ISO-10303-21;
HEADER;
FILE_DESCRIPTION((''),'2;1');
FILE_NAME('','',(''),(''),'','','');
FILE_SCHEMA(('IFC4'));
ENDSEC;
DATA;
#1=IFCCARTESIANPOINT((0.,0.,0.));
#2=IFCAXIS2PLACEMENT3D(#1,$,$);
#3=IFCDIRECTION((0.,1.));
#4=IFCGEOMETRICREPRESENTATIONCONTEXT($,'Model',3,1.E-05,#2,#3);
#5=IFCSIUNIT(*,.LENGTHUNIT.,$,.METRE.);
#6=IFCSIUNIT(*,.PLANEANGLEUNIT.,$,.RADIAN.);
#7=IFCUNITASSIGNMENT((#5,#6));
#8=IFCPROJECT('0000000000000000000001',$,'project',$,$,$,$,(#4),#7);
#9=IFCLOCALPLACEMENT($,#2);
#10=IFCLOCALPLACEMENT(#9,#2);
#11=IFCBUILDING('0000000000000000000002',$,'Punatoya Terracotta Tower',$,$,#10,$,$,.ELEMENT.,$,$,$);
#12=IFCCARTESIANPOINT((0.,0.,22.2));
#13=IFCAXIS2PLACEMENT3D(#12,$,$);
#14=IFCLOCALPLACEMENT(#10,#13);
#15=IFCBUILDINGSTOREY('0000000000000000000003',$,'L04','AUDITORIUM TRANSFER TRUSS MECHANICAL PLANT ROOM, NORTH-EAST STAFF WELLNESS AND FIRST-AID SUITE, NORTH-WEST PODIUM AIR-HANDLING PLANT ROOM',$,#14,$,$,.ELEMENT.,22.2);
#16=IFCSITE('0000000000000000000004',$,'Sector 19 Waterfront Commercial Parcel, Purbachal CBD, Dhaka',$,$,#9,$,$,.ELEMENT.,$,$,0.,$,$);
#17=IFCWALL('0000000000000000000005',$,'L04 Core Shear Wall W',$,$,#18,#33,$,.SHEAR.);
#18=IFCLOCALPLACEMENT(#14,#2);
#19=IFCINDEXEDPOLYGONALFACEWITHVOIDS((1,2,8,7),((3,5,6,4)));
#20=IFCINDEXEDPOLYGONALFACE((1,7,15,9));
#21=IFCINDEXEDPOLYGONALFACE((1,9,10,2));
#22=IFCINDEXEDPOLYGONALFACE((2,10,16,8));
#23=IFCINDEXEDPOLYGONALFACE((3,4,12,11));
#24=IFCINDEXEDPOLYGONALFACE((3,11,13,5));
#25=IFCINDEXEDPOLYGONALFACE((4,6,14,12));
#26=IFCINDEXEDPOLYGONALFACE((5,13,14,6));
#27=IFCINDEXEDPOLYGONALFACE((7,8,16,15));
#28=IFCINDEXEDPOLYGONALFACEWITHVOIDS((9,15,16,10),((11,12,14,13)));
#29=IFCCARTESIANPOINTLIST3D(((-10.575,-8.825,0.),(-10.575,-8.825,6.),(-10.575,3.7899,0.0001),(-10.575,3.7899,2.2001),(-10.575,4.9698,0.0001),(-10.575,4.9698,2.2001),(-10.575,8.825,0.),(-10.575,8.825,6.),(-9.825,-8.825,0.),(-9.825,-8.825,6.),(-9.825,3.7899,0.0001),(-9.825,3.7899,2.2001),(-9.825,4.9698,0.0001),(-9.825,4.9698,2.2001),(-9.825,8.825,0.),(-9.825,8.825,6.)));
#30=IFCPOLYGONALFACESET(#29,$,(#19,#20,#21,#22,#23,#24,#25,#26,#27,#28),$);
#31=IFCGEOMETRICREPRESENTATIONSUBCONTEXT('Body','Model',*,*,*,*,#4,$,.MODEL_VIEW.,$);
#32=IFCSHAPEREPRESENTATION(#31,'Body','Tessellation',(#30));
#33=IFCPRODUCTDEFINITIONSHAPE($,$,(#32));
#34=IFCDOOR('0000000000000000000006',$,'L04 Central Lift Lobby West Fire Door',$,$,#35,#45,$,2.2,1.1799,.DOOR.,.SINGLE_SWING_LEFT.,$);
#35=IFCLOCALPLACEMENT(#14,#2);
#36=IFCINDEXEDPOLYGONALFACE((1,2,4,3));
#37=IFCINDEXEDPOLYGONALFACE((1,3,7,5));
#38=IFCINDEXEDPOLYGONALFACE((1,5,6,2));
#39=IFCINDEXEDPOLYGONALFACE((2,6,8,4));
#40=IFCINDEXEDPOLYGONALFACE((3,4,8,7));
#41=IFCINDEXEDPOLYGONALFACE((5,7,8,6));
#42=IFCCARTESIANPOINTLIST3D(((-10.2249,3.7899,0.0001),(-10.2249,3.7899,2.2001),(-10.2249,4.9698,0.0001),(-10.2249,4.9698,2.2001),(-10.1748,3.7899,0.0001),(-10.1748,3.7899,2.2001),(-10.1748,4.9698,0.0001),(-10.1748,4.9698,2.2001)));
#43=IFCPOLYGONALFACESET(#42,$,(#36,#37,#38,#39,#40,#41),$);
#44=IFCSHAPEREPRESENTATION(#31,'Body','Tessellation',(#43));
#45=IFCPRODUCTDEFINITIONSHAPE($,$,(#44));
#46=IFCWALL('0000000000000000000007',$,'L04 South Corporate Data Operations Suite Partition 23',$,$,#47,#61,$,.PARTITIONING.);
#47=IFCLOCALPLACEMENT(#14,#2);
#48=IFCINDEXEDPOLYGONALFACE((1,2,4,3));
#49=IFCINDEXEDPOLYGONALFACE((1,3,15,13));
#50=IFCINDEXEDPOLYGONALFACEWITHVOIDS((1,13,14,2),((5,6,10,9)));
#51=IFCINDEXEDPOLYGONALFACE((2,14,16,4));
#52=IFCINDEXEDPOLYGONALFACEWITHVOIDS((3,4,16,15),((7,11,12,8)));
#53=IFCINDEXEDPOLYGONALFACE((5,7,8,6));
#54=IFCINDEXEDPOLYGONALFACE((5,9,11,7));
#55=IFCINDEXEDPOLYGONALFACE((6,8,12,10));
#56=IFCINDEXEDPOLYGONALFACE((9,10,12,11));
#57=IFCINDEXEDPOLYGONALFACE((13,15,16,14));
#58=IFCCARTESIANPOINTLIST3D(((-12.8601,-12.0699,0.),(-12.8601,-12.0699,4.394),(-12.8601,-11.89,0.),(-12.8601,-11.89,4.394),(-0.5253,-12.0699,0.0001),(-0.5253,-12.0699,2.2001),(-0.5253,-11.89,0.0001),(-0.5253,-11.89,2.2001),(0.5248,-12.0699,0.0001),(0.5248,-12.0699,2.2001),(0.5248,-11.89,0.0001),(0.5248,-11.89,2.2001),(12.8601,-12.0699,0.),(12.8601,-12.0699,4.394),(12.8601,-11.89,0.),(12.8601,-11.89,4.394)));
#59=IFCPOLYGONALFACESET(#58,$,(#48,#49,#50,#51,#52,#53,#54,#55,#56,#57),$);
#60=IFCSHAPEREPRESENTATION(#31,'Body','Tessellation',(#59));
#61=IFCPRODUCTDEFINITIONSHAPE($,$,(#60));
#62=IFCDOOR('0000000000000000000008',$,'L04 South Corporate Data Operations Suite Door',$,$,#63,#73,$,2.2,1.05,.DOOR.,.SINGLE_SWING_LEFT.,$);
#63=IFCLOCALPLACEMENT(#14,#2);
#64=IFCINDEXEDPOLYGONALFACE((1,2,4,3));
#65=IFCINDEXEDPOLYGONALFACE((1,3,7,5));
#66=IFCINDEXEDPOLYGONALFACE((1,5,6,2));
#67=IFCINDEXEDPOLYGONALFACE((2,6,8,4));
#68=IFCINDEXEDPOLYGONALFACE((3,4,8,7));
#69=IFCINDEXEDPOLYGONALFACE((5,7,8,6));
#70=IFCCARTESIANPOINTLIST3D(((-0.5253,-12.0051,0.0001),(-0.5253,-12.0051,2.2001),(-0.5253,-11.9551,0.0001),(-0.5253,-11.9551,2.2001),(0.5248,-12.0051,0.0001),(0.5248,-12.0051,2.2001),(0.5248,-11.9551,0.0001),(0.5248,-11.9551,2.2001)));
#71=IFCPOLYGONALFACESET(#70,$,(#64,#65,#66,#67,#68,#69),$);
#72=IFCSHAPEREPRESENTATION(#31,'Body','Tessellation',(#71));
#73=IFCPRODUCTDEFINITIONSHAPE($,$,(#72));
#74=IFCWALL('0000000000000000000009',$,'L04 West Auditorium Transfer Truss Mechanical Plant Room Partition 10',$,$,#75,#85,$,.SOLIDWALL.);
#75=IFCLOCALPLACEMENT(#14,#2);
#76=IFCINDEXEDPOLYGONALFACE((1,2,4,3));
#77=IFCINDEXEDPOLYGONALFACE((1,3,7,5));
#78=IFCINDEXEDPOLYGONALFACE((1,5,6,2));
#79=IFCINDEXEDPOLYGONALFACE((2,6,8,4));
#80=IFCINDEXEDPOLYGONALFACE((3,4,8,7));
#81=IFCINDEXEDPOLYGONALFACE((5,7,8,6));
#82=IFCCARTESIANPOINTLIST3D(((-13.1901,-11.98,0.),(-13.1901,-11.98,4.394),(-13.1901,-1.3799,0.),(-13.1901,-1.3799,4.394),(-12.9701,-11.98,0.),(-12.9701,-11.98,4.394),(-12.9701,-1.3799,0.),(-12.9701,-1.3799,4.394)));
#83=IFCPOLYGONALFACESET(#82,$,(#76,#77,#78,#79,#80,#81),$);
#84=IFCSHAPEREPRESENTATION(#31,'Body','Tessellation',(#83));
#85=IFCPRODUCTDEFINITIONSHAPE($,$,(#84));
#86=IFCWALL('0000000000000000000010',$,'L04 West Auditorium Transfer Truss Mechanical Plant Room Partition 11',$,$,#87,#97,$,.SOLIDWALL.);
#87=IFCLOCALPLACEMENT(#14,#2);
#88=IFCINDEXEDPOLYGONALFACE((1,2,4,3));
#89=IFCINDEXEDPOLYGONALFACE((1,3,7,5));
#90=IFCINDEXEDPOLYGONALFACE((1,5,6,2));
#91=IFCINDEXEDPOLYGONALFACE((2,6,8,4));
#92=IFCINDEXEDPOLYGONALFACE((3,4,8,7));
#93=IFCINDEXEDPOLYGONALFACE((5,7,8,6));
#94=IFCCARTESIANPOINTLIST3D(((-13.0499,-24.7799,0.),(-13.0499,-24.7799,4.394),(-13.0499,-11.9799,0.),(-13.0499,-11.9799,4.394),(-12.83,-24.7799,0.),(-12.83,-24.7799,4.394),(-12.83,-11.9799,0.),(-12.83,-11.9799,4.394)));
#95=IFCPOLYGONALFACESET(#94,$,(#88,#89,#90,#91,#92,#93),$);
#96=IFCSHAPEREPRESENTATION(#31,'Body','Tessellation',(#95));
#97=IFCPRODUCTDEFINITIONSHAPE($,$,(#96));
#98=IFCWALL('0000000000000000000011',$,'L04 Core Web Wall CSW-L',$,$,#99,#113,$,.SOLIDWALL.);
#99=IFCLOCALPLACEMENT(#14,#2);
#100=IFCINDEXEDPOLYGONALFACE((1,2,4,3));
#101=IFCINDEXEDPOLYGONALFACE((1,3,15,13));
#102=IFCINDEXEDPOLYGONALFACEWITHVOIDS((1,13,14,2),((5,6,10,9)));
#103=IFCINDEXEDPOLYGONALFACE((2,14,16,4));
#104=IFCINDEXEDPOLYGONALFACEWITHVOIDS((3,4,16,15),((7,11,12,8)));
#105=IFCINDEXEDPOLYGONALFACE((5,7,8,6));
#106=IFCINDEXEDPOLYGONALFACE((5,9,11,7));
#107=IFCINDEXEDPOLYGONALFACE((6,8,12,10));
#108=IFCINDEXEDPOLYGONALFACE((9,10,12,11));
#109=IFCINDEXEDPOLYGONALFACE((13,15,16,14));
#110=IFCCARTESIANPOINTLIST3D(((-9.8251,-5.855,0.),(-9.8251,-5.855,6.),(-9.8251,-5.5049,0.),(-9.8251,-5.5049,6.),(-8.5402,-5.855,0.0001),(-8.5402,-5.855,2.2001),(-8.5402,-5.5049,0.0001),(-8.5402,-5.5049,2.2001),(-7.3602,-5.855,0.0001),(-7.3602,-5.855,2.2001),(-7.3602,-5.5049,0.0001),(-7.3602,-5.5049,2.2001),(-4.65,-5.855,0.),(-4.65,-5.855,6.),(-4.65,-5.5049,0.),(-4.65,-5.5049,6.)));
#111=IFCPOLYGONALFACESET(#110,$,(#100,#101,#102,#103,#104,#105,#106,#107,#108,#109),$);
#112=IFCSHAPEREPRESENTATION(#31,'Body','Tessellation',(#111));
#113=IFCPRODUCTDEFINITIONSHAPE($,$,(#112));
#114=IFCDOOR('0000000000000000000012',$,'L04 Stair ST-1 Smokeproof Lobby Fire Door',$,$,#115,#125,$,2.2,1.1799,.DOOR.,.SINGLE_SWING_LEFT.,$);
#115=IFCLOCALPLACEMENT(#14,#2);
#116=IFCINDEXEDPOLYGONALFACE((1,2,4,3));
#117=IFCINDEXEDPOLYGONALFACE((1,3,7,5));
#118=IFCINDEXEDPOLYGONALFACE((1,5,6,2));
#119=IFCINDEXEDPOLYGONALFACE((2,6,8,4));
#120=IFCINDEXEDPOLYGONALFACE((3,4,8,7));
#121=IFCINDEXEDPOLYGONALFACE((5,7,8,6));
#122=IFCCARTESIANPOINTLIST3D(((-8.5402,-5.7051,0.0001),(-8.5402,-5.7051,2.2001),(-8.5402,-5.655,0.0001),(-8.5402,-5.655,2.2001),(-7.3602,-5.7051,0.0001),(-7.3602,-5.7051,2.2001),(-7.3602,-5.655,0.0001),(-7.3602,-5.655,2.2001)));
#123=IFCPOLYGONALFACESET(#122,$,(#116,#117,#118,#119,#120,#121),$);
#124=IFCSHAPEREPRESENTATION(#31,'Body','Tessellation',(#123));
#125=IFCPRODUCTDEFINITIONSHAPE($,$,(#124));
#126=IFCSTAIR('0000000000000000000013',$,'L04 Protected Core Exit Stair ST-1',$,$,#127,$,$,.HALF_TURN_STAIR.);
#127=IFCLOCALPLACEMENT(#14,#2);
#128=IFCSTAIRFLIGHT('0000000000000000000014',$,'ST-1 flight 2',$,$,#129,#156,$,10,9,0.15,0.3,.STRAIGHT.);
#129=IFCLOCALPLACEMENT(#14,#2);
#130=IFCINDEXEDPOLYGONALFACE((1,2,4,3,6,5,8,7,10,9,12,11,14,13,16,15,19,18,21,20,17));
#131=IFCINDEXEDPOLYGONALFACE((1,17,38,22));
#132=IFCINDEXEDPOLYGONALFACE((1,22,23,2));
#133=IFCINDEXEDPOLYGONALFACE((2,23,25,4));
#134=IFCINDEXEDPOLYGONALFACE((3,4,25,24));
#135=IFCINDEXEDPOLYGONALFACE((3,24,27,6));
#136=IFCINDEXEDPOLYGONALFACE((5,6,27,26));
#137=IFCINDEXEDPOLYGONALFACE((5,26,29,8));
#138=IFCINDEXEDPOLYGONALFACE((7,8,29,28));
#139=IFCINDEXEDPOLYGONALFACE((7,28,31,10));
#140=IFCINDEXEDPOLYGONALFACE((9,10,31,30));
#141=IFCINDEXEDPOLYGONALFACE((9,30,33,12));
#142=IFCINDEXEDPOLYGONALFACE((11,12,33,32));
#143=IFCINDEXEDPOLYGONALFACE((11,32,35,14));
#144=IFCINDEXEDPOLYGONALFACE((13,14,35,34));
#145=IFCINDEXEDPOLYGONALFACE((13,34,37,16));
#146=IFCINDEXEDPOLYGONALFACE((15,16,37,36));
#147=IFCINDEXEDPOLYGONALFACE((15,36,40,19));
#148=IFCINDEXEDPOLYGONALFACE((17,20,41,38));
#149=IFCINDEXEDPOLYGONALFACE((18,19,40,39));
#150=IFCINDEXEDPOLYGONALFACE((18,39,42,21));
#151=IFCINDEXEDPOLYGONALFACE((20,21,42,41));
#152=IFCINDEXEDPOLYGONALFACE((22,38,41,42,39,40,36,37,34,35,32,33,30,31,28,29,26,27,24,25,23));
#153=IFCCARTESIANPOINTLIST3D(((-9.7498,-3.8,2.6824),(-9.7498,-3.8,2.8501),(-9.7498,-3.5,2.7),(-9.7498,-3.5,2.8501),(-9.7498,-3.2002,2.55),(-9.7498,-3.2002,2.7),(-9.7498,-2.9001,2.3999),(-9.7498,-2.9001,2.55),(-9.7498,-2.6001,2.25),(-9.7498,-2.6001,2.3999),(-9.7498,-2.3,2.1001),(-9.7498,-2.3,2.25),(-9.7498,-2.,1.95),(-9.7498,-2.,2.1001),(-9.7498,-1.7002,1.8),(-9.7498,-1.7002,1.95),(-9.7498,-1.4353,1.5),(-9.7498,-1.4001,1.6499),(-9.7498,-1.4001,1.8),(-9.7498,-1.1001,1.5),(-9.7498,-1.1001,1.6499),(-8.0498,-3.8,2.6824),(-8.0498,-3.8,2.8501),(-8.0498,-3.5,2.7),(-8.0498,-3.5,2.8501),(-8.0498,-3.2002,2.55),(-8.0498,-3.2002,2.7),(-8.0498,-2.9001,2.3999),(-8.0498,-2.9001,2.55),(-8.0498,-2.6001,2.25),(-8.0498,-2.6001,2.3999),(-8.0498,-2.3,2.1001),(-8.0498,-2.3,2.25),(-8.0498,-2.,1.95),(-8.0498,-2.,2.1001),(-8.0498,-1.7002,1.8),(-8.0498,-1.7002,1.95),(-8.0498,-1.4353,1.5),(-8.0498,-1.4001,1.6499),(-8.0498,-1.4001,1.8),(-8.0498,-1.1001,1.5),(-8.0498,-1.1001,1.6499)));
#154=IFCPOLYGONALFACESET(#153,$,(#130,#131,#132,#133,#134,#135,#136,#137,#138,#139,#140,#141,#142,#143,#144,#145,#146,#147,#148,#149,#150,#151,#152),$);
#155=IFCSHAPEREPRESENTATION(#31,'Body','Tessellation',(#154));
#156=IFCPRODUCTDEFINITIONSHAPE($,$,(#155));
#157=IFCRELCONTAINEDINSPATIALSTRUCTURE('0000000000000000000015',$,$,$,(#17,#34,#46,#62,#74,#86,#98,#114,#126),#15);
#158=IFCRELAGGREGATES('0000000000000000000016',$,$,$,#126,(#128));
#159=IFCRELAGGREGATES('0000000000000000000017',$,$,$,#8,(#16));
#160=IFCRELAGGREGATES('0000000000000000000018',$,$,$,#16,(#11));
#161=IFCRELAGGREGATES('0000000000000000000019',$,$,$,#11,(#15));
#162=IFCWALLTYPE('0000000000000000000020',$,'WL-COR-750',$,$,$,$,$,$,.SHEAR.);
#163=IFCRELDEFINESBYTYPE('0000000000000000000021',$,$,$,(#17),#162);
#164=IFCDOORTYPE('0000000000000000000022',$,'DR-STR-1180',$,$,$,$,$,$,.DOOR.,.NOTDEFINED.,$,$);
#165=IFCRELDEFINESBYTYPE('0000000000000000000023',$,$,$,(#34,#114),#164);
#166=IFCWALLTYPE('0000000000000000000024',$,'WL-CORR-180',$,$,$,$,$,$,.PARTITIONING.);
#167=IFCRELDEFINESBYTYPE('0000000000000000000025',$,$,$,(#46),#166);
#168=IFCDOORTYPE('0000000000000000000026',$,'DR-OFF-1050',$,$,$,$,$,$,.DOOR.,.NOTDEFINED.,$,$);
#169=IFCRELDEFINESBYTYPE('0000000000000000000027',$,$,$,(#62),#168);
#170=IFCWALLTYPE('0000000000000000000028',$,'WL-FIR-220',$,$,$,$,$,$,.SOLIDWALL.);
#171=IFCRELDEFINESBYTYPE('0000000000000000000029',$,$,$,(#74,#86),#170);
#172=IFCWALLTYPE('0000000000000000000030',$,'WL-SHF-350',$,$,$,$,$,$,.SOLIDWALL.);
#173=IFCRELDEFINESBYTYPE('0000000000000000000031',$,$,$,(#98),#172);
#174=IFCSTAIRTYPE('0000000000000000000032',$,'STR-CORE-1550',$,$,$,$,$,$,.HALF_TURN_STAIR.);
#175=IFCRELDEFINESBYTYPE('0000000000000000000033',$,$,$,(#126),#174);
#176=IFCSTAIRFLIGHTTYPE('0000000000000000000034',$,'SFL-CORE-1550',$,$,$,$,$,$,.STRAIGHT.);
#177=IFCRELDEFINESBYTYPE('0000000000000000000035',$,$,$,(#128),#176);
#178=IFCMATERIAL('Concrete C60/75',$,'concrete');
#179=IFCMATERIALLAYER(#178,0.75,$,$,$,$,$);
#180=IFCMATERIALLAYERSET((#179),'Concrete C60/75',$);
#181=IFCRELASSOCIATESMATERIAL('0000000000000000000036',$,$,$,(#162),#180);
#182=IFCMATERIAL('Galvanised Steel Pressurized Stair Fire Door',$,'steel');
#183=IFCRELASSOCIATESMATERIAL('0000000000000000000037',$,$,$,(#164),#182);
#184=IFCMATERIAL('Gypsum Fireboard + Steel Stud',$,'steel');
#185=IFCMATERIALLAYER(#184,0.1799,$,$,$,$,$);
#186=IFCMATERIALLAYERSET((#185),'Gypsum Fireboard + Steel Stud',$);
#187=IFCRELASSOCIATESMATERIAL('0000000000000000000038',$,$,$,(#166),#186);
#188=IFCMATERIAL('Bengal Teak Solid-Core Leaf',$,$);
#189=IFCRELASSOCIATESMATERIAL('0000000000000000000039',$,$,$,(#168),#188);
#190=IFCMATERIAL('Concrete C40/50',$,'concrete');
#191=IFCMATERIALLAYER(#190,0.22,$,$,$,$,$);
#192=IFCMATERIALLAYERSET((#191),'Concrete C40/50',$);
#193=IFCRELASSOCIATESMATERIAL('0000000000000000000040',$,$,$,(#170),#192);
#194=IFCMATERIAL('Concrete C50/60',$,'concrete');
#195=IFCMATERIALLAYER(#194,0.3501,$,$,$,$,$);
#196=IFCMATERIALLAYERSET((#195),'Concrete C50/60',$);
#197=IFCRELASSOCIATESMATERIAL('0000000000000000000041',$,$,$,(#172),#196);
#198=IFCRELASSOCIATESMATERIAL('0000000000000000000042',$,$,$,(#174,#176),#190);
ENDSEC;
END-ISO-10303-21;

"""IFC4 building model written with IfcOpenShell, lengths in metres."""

from ifc_helpers import new_model, si_unit, direction, frame, frame_2d, origin, place, context, subcontext, project, spatial, polyline, rectangle, outline, extrude, material, layer, layer_set, type_object, element, fill, aggregate, save


model = new_model("IFC4")

# Units and contexts
model_context = context("Model", 3, precision=1e-05, world=origin(), true_north=direction((0.0, 1.0)))
body_context = subcontext(model_context, "Body", "Model", "MODEL_VIEW")
ifc_project = project(units=[si_unit("LENGTHUNIT", "METRE"), si_unit("PLANEANGLEUNIT", "RADIAN")], contexts=[model_context])

# Site, building, storey
site_placement = place(None, origin())
site = spatial("IfcSite", under=ifc_project, at=site_placement, Name="Sector 19 Waterfront Commercial Parcel, Purbachal CBD, Dhaka", CompositionType="ELEMENT", RefElevation=0.0)
building_placement = place(site_placement, origin())
building = spatial("IfcBuilding", under=site, at=building_placement, Name="Punatoya Terracotta Tower", CompositionType="ELEMENT")
storey_placement = place(building_placement, frame((0.0, 0.0, 22.2)))
storey = spatial("IfcBuildingStorey", under=building, at=storey_placement, Name="L04", Description="AUDITORIUM TRANSFER TRUSS MECHANICAL PLANT ROOM, NORTH-EAST STAFF WELLNESS AND FIRST-AID SUITE, NORTH-WEST PODIUM AIR-HANDLING PLANT ROOM", CompositionType="ELEMENT", Elevation=22.2)

# Shared definitions
ifc_material_1 = material(Name="Concrete C50/60", Category="concrete")

# Walls, openings, doors
ifc_material_2 = material(Name="Concrete C60/75", Category="concrete")
ifc_layer_1 = layer(ifc_material_2, 0.75)
ifc_layer_set_1 = layer_set([ifc_layer_1], Name="Concrete C60/75")
wall_type_1 = type_object("IfcWallType", Name="WL-COR-750", PredefinedType="SHEAR", material=ifc_layer_set_1)
wall_1_placement = place(storey_placement, frame((-10.2, -8.825, 0.0), z_axis=(0.0, 0.0, 1.0), x_axis=(0.0, 1.0, 0.0)))
wall_1 = element("IfcWall", 1, at=wall_1_placement, inside=storey, type_object=wall_type_1, Name="L04 Core Shear Wall W", PredefinedType="SHEAR", context=body_context, shape_type="SweptSolid", body=[
    extrude(rectangle(XDim=17.6499, YDim=0.75, at=frame_2d((8.825, 0.0))), origin(), (0.0, 0.0, 1.0), 6.0),
])
opening_1_placement = place(wall_1_placement, frame((12.615, 0.0, 0.0)))
opening_1 = element("IfcOpeningElement", 2, at=opening_1_placement, cuts=wall_1, PredefinedType="OPENING", context=body_context, shape_type="SweptSolid", body=[
    extrude(rectangle(XDim=1.1799, YDim=2.2, at=frame_2d((0.5898, 1.1001))), frame((0.0, 0.385, 0.0), z_axis=(0.0, -1.0, 0.0), x_axis=(1.0, 0.0, 0.0)), (0.0, 0.0, 1.0), 0.77),
])
ifc_material_3 = material(Name="Galvanised Steel Pressurized Stair Fire Door", Category="steel")
door_type_1 = type_object("IfcDoorType", Name="DR-STR-1180", OperationType="NOTDEFINED", PredefinedType="DOOR", material=ifc_material_3)
door_1_placement = place(opening_1_placement, origin())
door_1 = element("IfcDoor", 3, at=door_1_placement, inside=storey, type_object=door_type_1, Name="L04 Central Lift Lobby West Fire Door", OperationType="SINGLE_SWING_LEFT", OverallHeight=2.2, OverallWidth=1.1799, PredefinedType="DOOR", context=body_context, shape_type="SweptSolid", body=[
    extrude(rectangle(XDim=1.1799, YDim=2.2, at=frame_2d((0.5898, 1.1001))), frame((0.0, 0.0249, 0.0), z_axis=(0.0, -1.0, 0.0), x_axis=(1.0, 0.0, 0.0)), (0.0, 0.0, 1.0), 0.05),
])
fill(opening_1, door_1)
ifc_material_4 = material(Name="Gypsum Fireboard + Steel Stud", Category="steel")
ifc_layer_2 = layer(ifc_material_4, 0.1799)
ifc_layer_set_2 = layer_set([ifc_layer_2], Name="Gypsum Fireboard + Steel Stud")
wall_type_2 = type_object("IfcWallType", Name="WL-CORR-180", PredefinedType="PARTITIONING", material=ifc_layer_set_2)
wall_2_placement = place(storey_placement, frame((-12.8601, -11.98, 0.0), z_axis=(0.0, 0.0, 1.0), x_axis=(1.0, 0.0, 0.0)))
wall_2 = element("IfcWall", 4, at=wall_2_placement, inside=storey, type_object=wall_type_2, Name="L04 South Corporate Data Operations Suite Partition 23", PredefinedType="PARTITIONING", context=body_context, shape_type="SweptSolid", body=[
    extrude(rectangle(XDim=25.7202, YDim=0.1799, at=frame_2d((12.8601, 0.0))), origin(), (0.0, 0.0, 1.0), 4.394),
])
opening_2_placement = place(wall_2_placement, frame((12.335, 0.0, 0.0)))
opening_2 = element("IfcOpeningElement", 5, at=opening_2_placement, cuts=wall_2, PredefinedType="OPENING", context=body_context, shape_type="SweptSolid", body=[
    extrude(rectangle(XDim=1.05, YDim=2.2, at=frame_2d((0.5249, 1.1001))), frame((0.0, 0.0999, 0.0), z_axis=(0.0, -1.0, 0.0), x_axis=(1.0, 0.0, 0.0)), (0.0, 0.0, 1.0), 0.2),
])
ifc_material_5 = material(Name="Bengal Teak Solid-Core Leaf")
door_type_2 = type_object("IfcDoorType", Name="DR-OFF-1050", OperationType="NOTDEFINED", PredefinedType="DOOR", material=ifc_material_5)
door_2_placement = place(opening_2_placement, origin())
door_2 = element("IfcDoor", 6, at=door_2_placement, inside=storey, type_object=door_type_2, Name="L04 South Corporate Data Operations Suite Door", OperationType="SINGLE_SWING_LEFT", OverallHeight=2.2, OverallWidth=1.05, PredefinedType="DOOR", context=body_context, shape_type="SweptSolid", body=[
    extrude(rectangle(XDim=1.05, YDim=2.2, at=frame_2d((0.5249, 1.1001))), frame((0.0, 0.0249, 0.0), z_axis=(0.0, -1.0, 0.0), x_axis=(1.0, 0.0, 0.0)), (0.0, 0.0, 1.0), 0.05),
])
fill(opening_2, door_2)

# Walls
ifc_material_6 = material(Name="Concrete C40/50", Category="concrete")
ifc_layer_3 = layer(ifc_material_6, 0.22)
ifc_layer_set_3 = layer_set([ifc_layer_3], Name="Concrete C40/50")
wall_type_3 = type_object("IfcWallType", Name="WL-FIR-220", PredefinedType="SOLIDWALL", material=ifc_layer_set_3)
wall_3_placement = place(storey_placement, frame((-13.0801, -1.3799, 0.0), z_axis=(0.0, 0.0, 1.0), x_axis=(0.0, -1.0, 0.0)))
element("IfcWall", 7, at=wall_3_placement, inside=storey, type_object=wall_type_3, Name="L04 West Auditorium Transfer Truss Mechanical Plant Room Partition 10", PredefinedType="SOLIDWALL", context=body_context, shape_type="SweptSolid", body=[
    extrude(rectangle(XDim=10.6001, YDim=0.22, at=frame_2d((5.3, 0.0))), origin(), (0.0, 0.0, 1.0), 4.394),
])
wall_4_placement = place(storey_placement, frame((-12.9399, -11.98, 0.0), z_axis=(0.0, 0.0, 1.0), x_axis=(0.0, -1.0, 0.0)))
element("IfcWall", 8, at=wall_4_placement, inside=storey, type_object=wall_type_3, Name="L04 West Auditorium Transfer Truss Mechanical Plant Room Partition 11", PredefinedType="SOLIDWALL", context=body_context, shape_type="SweptSolid", body=[
    extrude(rectangle(XDim=12.8, YDim=0.22, at=frame_2d((6.3999, 0.0))), origin(), (0.0, 0.0, 1.0), 4.394),
])

# Wall, opening, door
ifc_layer_4 = layer(ifc_material_1, 0.3501)
ifc_layer_set_4 = layer_set([ifc_layer_4], Name="Concrete C50/60")
wall_type_4 = type_object("IfcWallType", Name="WL-SHF-350", PredefinedType="SOLIDWALL", material=ifc_layer_set_4)
wall_5_placement = place(storey_placement, frame((-9.825, -5.6799, 0.0), z_axis=(0.0, 0.0, 1.0), x_axis=(1.0, 0.0, 0.0)))
wall_5 = element("IfcWall", 9, at=wall_5_placement, inside=storey, type_object=wall_type_4, Name="L04 Core Web Wall CSW-L", PredefinedType="SOLIDWALL", context=body_context, shape_type="SweptSolid", body=[
    extrude(rectangle(XDim=5.175, YDim=0.3501, at=frame_2d((2.5874, 0.0))), origin(), (0.0, 0.0, 1.0), 6.0),
])
opening_3_placement = place(wall_5_placement, frame((1.2849, 0.0, 0.0)))
opening_3 = element("IfcOpeningElement", 10, at=opening_3_placement, cuts=wall_5, PredefinedType="OPENING", context=body_context, shape_type="SweptSolid", body=[
    extrude(rectangle(XDim=1.1799, YDim=2.2, at=frame_2d((0.5898, 1.1001))), frame((0.0, 0.1851, 0.0), z_axis=(0.0, -1.0, 0.0), x_axis=(1.0, 0.0, 0.0)), (0.0, 0.0, 1.0), 0.3701),
])
door_3_placement = place(opening_3_placement, origin())
door_3 = element("IfcDoor", 11, at=door_3_placement, inside=storey, type_object=door_type_1, Name="L04 Stair ST-1 Smokeproof Lobby Fire Door", OperationType="SINGLE_SWING_LEFT", OverallHeight=2.2, OverallWidth=1.1799, PredefinedType="DOOR", context=body_context, shape_type="SweptSolid", body=[
    extrude(rectangle(XDim=1.1799, YDim=2.2, at=frame_2d((0.5898, 1.1001))), frame((0.0, 0.0249, 0.0), z_axis=(0.0, -1.0, 0.0), x_axis=(1.0, 0.0, 0.0)), (0.0, 0.0, 1.0), 0.05),
])
fill(opening_3, door_3)

# Stair, stair flight
stair_type = type_object("IfcStairType", Name="STR-CORE-1550", PredefinedType="HALF_TURN_STAIR", material=ifc_material_6)
stair_placement = place(storey_placement, origin())
stair = element("IfcStair", 12, at=stair_placement, inside=storey, type_object=stair_type, Name="L04 Protected Core Exit Stair ST-1", PredefinedType="HALF_TURN_STAIR")
stair_flight_type = type_object("IfcStairFlightType", Name="SFL-CORE-1550", PredefinedType="STRAIGHT", material=ifc_material_6)
stair_flight_1_placement = place(storey_placement, frame((-8.8999, -1.1001, 1.5), z_axis=(0.0, 0.0, 1.0), x_axis=(0.0, -1.0, 0.0)))
stair_flight_1 = element("IfcStairFlight", 13, at=stair_flight_1_placement, type_object=stair_flight_type, Name="ST-1 flight 2", NumberOfRisers=10, NumberOfTreads=9, PredefinedType="STRAIGHT", RiserHeight=0.15, TreadLength=0.3, context=body_context, shape_type="SweptSolid", body=[
    extrude(outline(polyline([(0.0, 0.0), (0.0, 0.1499), (0.3, 0.1499), (0.3, 0.3), (0.6001, 0.3), (0.6001, 0.45), (0.8999, 0.45), (0.8999, 0.6001), (1.2, 0.6001), (1.2, 0.75), (1.5, 0.75), (1.5, 0.8999), (1.8, 0.8999), (1.8, 1.05), (2.1001, 1.05), (2.1001, 1.2), (2.3999, 1.2), (2.3999, 1.3501), (2.7, 1.3501), (2.7, 1.5), (2.7, 1.1824), (0.3352, 0.0), (0.0, 0.0)])), frame((0.0, 0.8501, 0.0), z_axis=(0.0, -1.0, 0.0), x_axis=(1.0, 0.0, 0.0)), (0.0, 0.0, 1.0), 1.7),
])
aggregate(stair, [stair_flight_1])

save(model, "model.ifc")
